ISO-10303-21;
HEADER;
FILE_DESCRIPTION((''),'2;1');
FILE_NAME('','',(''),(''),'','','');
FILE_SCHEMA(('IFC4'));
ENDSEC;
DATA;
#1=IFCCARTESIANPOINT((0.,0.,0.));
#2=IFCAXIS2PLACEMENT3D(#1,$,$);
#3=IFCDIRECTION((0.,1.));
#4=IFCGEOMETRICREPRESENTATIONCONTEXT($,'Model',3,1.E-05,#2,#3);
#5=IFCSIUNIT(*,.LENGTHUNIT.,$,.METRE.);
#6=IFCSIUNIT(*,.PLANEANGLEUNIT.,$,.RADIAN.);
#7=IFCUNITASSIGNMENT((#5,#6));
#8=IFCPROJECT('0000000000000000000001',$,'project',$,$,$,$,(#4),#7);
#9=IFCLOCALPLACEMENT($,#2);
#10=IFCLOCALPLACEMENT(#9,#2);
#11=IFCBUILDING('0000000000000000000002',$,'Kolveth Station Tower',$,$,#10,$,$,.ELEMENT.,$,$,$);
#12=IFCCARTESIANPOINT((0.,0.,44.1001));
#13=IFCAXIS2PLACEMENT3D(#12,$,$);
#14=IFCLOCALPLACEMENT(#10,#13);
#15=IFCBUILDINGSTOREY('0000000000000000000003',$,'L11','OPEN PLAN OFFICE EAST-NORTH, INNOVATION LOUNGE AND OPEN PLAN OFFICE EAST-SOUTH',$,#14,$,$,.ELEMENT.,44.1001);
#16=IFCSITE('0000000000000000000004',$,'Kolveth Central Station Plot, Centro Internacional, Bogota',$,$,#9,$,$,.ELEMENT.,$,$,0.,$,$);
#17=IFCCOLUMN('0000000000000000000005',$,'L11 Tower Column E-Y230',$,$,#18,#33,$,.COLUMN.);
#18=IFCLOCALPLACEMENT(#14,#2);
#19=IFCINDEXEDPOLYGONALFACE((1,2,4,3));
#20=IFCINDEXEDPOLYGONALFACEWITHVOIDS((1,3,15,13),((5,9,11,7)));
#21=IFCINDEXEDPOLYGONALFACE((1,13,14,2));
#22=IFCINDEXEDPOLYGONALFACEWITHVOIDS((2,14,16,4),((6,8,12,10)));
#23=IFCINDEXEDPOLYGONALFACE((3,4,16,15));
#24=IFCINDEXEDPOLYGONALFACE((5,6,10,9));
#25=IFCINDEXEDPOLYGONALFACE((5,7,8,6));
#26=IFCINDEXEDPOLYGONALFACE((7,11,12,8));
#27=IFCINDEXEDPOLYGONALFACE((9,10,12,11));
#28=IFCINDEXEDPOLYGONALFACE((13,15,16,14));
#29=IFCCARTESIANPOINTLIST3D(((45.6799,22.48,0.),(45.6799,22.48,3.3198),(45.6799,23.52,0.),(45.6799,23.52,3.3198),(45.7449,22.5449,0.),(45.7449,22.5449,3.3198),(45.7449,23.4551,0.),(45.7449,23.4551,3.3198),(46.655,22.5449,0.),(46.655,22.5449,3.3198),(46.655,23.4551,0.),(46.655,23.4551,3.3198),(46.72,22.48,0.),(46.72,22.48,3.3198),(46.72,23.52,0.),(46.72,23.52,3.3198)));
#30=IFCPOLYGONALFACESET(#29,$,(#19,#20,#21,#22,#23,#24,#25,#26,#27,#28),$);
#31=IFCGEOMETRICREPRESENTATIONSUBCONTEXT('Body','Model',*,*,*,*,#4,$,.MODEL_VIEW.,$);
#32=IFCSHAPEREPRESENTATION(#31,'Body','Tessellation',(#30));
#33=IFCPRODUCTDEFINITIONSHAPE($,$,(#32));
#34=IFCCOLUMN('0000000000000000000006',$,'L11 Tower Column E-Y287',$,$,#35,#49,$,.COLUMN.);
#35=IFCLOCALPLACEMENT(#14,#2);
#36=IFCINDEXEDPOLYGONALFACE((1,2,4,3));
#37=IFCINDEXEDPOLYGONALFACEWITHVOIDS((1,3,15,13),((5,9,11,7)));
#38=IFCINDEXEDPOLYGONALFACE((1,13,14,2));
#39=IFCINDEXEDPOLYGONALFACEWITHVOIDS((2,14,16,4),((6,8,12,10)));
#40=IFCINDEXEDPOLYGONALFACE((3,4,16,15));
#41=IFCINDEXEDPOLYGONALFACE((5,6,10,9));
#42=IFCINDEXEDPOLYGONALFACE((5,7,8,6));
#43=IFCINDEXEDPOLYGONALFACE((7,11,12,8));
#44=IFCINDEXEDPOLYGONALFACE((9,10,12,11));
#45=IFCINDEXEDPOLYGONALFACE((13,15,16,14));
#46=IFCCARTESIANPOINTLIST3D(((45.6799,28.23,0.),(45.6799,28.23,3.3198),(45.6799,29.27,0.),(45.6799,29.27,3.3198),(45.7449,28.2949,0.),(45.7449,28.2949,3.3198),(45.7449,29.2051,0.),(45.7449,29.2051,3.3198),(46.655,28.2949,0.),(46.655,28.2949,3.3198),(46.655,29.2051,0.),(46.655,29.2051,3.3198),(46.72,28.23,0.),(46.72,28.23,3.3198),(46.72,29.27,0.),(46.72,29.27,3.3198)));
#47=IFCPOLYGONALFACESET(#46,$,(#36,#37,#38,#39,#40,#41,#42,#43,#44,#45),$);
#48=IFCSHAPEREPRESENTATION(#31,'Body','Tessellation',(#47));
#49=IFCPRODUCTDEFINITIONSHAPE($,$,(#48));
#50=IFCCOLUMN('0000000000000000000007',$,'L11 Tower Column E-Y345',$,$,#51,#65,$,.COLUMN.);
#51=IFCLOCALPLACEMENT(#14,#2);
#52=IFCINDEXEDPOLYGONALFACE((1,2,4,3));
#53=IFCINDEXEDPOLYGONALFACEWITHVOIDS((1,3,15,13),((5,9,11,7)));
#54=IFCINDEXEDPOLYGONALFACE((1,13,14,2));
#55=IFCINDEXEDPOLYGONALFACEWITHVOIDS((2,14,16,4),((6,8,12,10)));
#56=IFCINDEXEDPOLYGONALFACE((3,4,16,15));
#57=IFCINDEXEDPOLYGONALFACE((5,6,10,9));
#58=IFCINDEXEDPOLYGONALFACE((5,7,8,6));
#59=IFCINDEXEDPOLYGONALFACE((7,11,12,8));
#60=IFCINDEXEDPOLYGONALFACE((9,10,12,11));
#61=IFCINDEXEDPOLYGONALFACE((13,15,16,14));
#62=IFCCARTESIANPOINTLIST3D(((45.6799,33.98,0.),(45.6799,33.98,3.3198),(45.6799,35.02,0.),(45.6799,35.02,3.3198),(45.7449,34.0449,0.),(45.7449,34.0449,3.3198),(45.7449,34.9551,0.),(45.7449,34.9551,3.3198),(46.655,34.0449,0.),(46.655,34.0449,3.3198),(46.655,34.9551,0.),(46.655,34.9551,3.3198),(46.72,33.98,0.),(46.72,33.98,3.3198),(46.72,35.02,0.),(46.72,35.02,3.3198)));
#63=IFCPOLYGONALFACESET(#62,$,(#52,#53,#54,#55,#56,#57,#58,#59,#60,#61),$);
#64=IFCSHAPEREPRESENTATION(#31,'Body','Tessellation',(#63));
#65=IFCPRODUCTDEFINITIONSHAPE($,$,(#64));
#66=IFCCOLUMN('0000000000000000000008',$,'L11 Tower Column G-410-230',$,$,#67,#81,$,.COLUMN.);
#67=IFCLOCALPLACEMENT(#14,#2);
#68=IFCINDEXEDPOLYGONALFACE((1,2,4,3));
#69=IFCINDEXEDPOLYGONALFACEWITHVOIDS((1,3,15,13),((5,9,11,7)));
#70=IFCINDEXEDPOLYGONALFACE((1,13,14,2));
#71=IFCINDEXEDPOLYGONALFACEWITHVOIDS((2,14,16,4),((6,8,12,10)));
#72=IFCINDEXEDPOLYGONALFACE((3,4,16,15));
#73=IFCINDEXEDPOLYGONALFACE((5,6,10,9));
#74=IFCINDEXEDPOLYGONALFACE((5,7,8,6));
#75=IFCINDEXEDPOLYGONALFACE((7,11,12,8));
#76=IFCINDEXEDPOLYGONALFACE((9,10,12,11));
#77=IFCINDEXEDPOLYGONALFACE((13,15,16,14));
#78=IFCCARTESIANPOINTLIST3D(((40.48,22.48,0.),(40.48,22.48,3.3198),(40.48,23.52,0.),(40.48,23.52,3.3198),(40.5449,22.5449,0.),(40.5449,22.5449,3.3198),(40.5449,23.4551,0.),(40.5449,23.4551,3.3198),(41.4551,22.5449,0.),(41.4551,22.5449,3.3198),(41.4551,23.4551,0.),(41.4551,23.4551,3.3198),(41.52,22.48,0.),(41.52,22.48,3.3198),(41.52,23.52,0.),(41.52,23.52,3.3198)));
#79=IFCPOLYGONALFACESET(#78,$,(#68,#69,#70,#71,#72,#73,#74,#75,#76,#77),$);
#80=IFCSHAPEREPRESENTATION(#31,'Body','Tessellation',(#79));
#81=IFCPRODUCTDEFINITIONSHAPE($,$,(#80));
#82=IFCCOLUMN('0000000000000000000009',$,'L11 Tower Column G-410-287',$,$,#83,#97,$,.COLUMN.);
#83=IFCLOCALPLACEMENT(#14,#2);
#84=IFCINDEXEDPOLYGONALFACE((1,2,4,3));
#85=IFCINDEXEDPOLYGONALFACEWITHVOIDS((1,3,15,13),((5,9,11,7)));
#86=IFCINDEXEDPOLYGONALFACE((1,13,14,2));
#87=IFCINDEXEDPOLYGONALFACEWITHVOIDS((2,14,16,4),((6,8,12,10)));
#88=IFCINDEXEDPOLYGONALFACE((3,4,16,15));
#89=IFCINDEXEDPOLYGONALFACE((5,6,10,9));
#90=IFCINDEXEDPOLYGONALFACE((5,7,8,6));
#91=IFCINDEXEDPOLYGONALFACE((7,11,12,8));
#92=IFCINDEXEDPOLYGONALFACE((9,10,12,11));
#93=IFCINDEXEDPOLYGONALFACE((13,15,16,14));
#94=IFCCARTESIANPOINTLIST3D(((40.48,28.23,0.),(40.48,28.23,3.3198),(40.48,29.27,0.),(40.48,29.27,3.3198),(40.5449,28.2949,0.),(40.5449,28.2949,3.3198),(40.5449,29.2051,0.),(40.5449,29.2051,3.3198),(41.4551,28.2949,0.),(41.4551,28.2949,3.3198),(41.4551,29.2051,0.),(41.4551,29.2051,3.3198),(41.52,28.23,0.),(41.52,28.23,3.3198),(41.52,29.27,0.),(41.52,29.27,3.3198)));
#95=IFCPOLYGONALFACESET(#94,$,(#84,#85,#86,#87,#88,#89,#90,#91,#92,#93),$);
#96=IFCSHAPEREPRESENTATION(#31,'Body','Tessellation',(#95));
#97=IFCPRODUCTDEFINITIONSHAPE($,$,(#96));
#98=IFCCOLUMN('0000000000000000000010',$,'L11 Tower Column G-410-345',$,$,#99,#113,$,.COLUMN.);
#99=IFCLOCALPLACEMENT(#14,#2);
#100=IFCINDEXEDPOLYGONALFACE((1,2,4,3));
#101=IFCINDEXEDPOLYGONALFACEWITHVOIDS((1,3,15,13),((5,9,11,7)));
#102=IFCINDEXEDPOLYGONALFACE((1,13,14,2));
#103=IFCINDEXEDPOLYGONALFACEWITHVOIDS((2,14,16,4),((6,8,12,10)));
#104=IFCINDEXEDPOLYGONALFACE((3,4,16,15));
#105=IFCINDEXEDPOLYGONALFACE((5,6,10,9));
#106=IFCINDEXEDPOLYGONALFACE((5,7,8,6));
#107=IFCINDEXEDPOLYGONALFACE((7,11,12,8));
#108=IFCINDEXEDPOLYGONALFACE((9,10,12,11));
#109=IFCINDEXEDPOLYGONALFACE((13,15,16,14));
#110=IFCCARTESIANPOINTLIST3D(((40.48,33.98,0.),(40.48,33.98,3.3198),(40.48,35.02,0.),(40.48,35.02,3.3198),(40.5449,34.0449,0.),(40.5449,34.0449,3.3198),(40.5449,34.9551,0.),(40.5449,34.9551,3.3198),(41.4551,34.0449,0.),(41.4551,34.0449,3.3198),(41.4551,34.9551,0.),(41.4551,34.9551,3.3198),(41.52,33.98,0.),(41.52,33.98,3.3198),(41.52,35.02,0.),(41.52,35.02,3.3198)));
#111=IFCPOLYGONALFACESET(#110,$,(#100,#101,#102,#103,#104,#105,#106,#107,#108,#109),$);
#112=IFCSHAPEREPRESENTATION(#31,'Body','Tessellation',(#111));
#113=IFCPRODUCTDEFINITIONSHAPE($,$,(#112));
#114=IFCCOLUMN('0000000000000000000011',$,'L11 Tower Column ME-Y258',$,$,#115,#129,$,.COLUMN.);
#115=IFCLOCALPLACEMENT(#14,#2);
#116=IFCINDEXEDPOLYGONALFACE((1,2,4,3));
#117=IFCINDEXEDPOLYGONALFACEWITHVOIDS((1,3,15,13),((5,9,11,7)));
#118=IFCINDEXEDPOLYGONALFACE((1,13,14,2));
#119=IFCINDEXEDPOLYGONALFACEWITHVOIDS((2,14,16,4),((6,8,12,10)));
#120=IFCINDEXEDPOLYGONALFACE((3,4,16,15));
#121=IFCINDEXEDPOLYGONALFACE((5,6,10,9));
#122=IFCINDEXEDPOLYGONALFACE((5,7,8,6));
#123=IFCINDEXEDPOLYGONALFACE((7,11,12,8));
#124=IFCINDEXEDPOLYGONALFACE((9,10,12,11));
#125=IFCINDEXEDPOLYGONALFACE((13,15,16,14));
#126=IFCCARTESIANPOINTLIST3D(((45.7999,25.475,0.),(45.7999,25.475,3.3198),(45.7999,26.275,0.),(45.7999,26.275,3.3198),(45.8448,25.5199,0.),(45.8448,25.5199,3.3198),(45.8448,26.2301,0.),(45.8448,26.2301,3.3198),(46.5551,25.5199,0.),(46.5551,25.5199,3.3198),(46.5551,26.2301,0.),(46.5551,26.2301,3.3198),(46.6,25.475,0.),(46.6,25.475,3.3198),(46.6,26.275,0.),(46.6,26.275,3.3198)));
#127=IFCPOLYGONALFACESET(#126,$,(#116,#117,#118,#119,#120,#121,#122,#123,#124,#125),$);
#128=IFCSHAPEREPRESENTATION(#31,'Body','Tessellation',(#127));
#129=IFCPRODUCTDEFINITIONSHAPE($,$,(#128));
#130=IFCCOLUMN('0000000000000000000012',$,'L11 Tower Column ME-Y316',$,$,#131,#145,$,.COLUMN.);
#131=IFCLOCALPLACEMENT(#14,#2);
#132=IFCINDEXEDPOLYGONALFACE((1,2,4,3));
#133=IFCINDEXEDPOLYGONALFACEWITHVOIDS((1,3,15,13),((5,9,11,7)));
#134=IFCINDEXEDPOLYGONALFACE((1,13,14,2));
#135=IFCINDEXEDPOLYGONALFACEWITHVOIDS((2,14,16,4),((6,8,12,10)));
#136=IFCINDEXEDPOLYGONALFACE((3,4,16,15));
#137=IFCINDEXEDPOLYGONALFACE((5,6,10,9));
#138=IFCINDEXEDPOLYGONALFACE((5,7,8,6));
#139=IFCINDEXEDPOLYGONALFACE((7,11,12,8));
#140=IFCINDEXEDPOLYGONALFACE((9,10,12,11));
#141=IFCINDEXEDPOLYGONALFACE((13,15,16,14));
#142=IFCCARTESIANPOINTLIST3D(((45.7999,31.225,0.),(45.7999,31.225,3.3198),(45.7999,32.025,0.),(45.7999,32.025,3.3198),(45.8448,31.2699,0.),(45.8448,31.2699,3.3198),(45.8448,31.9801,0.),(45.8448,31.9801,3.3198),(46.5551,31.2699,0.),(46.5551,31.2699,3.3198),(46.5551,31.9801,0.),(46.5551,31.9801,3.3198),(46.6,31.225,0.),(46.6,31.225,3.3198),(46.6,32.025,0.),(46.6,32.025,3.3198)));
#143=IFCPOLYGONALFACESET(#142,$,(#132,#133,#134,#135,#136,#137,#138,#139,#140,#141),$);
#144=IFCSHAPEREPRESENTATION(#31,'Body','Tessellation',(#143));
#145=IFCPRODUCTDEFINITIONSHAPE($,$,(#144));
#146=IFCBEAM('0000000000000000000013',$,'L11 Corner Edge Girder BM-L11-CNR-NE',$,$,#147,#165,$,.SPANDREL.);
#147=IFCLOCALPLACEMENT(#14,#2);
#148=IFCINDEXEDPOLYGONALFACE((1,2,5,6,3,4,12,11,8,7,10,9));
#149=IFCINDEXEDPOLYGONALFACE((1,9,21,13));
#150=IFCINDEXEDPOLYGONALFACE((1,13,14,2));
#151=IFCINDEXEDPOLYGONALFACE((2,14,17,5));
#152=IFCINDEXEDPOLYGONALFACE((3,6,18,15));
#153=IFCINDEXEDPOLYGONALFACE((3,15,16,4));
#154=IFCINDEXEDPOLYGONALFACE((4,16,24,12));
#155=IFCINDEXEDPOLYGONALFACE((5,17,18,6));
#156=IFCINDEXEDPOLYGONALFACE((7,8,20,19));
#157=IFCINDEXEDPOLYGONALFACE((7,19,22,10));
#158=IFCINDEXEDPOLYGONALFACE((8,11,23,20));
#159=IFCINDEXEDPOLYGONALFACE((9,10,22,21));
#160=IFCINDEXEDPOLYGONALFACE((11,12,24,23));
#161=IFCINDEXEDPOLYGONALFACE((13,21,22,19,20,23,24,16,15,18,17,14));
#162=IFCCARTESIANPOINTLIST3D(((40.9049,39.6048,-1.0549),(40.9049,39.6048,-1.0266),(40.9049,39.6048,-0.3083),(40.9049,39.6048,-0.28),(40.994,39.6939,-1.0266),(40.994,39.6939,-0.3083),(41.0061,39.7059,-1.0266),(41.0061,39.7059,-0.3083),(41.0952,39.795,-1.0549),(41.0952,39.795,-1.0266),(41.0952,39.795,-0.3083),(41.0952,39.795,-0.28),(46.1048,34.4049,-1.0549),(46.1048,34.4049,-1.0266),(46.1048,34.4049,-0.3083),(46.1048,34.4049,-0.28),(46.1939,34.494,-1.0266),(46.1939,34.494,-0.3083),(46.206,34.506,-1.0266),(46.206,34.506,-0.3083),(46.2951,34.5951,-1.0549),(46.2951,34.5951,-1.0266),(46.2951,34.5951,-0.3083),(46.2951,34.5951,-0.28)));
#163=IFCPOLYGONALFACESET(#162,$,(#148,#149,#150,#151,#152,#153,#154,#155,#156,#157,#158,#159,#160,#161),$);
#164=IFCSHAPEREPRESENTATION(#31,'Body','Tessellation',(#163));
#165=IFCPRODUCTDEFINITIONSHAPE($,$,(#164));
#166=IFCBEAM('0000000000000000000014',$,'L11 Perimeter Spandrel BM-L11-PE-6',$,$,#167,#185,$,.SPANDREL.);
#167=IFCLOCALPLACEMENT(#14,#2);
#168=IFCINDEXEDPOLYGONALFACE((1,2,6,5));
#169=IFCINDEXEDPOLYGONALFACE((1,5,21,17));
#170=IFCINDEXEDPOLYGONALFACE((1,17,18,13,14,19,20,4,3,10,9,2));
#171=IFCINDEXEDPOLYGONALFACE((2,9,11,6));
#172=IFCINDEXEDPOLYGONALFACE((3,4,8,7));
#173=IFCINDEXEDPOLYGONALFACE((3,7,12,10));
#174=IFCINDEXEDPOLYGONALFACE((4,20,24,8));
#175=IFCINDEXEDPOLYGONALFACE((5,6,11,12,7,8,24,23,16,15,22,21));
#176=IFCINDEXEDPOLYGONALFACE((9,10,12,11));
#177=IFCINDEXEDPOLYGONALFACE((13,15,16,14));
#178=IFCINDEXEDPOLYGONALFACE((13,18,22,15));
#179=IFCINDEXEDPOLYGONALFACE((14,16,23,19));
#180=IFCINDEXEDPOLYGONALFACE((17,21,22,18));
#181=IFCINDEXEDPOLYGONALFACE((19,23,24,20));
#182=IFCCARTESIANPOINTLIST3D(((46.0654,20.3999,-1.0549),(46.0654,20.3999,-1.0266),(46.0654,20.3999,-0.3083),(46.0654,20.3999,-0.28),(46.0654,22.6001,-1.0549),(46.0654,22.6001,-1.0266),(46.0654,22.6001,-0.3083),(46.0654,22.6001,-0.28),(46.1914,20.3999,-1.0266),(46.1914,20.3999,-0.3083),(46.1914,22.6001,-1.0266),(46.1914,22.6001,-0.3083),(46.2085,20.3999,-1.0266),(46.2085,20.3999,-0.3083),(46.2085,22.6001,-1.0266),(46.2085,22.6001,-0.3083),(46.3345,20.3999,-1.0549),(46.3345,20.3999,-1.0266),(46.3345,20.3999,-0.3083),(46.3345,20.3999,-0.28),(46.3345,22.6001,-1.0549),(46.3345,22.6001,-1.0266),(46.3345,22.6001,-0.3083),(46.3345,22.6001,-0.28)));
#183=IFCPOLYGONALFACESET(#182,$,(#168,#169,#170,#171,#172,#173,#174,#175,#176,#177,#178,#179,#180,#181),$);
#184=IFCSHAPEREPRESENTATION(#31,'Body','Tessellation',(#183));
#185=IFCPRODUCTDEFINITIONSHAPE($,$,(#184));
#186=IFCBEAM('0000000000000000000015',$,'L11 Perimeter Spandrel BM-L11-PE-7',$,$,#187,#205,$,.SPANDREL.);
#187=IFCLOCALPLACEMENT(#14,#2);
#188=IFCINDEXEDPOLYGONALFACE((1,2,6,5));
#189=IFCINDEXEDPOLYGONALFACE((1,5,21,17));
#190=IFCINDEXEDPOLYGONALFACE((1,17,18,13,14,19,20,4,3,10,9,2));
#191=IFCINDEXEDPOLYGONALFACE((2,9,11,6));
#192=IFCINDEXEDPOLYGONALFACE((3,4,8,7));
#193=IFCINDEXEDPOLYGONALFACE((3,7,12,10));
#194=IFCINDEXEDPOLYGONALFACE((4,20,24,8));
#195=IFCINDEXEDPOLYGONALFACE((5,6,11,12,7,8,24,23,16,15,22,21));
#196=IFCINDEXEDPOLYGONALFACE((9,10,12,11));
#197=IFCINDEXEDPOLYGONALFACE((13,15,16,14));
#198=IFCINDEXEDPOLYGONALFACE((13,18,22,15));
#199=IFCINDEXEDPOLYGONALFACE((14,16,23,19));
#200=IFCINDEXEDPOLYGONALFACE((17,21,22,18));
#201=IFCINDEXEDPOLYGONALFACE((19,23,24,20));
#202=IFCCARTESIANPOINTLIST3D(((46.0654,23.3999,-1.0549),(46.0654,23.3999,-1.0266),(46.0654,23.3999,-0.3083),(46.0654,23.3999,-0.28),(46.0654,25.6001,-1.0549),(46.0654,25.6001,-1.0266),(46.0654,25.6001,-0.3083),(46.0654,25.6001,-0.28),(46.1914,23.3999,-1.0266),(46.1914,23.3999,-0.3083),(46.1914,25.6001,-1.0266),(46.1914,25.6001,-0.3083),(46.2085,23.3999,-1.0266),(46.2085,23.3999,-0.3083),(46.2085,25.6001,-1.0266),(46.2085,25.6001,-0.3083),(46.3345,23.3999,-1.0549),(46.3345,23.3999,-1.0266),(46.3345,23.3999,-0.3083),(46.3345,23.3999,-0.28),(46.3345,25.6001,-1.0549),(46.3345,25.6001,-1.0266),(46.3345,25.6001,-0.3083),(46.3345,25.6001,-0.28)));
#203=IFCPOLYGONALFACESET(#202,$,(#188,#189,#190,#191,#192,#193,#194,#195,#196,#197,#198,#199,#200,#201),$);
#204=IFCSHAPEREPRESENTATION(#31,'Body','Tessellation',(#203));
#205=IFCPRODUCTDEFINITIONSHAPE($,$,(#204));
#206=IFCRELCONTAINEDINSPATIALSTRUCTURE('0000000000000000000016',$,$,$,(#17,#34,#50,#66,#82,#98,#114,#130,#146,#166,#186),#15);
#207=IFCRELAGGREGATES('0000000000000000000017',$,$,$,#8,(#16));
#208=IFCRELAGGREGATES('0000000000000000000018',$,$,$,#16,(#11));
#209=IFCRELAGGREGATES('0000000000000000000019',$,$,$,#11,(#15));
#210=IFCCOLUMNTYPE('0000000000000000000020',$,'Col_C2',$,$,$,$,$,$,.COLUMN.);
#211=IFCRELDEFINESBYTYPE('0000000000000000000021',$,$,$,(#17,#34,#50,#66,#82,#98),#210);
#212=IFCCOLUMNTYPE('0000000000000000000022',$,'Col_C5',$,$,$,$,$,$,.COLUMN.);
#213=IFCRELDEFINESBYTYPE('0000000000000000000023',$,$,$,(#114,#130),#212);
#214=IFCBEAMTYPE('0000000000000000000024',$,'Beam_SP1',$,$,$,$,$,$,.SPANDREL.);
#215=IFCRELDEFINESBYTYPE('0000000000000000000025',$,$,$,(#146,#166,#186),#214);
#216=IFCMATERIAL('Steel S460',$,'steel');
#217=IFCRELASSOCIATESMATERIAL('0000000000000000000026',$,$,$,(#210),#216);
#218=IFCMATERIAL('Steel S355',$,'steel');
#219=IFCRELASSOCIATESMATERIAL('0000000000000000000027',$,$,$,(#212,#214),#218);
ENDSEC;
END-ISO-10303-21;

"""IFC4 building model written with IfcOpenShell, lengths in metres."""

from ifc_helpers import new_model, si_unit, direction, frame, origin, origin_2d, place, context, subcontext, project, spatial, hollow_rectangle, i_section, extrude, source, transform, mapped, material, material_profile, profile_set, type_object, element, save


model = new_model("IFC4")

# Units and contexts
model_context = context("Model", 3, precision=1e-05, world=origin(), true_north=direction((0.0, 1.0)))
body_context = subcontext(model_context, "Body", "Model", "MODEL_VIEW")
ifc_project = project(units=[si_unit("LENGTHUNIT", "METRE"), si_unit("PLANEANGLEUNIT", "RADIAN")], contexts=[model_context])

# Site, building, storey
site_placement = place(None, origin())
site = spatial("IfcSite", under=ifc_project, at=site_placement, Name="Kolveth Central Station Plot, Centro Internacional, Bogota", CompositionType="ELEMENT", RefElevation=0.0)
building_placement = place(site_placement, origin())
building = spatial("IfcBuilding", under=site, at=building_placement, Name="Kolveth Station Tower", CompositionType="ELEMENT")
storey_placement = place(building_placement, frame((0.0, 0.0, 44.1001)))
storey = spatial("IfcBuildingStorey", under=building, at=storey_placement, Name="L11", Description="OPEN PLAN OFFICE EAST-NORTH, INNOVATION LOUNGE AND OPEN PLAN OFFICE EAST-SOUTH", CompositionType="ELEMENT", Elevation=44.1001)

# Columns
ifc_material_1 = material(Name="Steel S460", Category="steel")
ifc_material_profile_1 = material_profile(ifc_material_1, hollow_rectangle(XDim=1.04, YDim=1.04, WallThickness=0.0649, at=origin_2d()), Name="BOX1040x1040x65")
ifc_profile_set_1 = profile_set([ifc_material_profile_1], Name="Steel S460")
column_type_1 = type_object("IfcColumnType", Name="Col_C2", PredefinedType="COLUMN", material=ifc_profile_set_1)
shared_shape_1 = source(origin(), body_context, "Body", "SweptSolid", [
    extrude(hollow_rectangle(XDim=1.04, YDim=1.04, WallThickness=0.0649, at=origin_2d()), origin(), (0.0, 0.0, 1.0), 3.3198),
])
for number, where, z_axis, x_axis, name in (
    (1, (46.2, 23.0, 0.0), (0.0, 0.0, 1.0), (1.0, 0.0, 0.0), "L11 Tower Column E-Y230"),
    (2, (46.2, 28.75, 0.0), (0.0, 0.0, 1.0), (1.0, 0.0, 0.0), "L11 Tower Column E-Y287"),
    (3, (46.2, 34.5, 0.0), (0.0, 0.0, 1.0), (1.0, 0.0, 0.0), "L11 Tower Column E-Y345"),
    (4, (41.0, 23.0, 0.0), (0.0, 0.0, 1.0), (1.0, 0.0, 0.0), "L11 Tower Column G-410-230"),
    (5, (41.0, 28.75, 0.0), (0.0, 0.0, 1.0), (1.0, 0.0, 0.0), "L11 Tower Column G-410-287"),
    (6, (41.0, 34.5, 0.0), (0.0, 0.0, 1.0), (1.0, 0.0, 0.0), "L11 Tower Column G-410-345"),
):
    element("IfcColumn", number, at=place(storey_placement, frame(where, z_axis=z_axis, x_axis=x_axis)), inside=storey, type_object=column_type_1, Name=name, PredefinedType="COLUMN", context=body_context, shape_type="MappedRepresentation", body=[
        mapped(shared_shape_1, transform((0.0, 0.0, 0.0), x_axis=(1.0, 0.0, 0.0), y_axis=(0.0, 1.0, 0.0), z_axis=(0.0, 0.0, 1.0), scale=1.0)),
    ])
ifc_material_2 = material(Name="Steel S355", Category="steel")
ifc_material_profile_2 = material_profile(ifc_material_2, hollow_rectangle(XDim=0.8, YDim=0.8, WallThickness=0.0449, at=origin_2d()), Name="BOX800x800x45")
ifc_profile_set_2 = profile_set([ifc_material_profile_2], Name="Steel S355")
column_type_2 = type_object("IfcColumnType", Name="Col_C5", PredefinedType="COLUMN", material=ifc_profile_set_2)
shared_shape_2 = source(origin(), body_context, "Body", "SweptSolid", [
    extrude(hollow_rectangle(XDim=0.8, YDim=0.8, WallThickness=0.0449, at=origin_2d()), origin(), (0.0, 0.0, 1.0), 3.3198),
])
for number, where, z_axis, x_axis, name in (
    (7, (46.2, 25.875, 0.0), (0.0, 0.0, 1.0), (1.0, 0.0, 0.0), "L11 Tower Column ME-Y258"),
    (8, (46.2, 31.625, 0.0), (0.0, 0.0, 1.0), (1.0, 0.0, 0.0), "L11 Tower Column ME-Y316"),
):
    element("IfcColumn", number, at=place(storey_placement, frame(where, z_axis=z_axis, x_axis=x_axis)), inside=storey, type_object=column_type_2, Name=name, PredefinedType="COLUMN", context=body_context, shape_type="MappedRepresentation", body=[
        mapped(shared_shape_2, transform((0.0, 0.0, 0.0), x_axis=(1.0, 0.0, 0.0), y_axis=(0.0, 1.0, 0.0), z_axis=(0.0, 0.0, 1.0), scale=1.0)),
    ])

# Beams
ifc_material_profile_3 = material_profile(ifc_material_2, i_section(OverallWidth=0.269, OverallDepth=0.7749, WebThickness=0.0171, FlangeThickness=0.0283, at=origin_2d()), Name="W760x220")
ifc_profile_set_3 = profile_set([ifc_material_profile_3], Name="Steel S355")
beam_type_1 = type_object("IfcBeamType", Name="Beam_SP1", PredefinedType="SPANDREL", material=ifc_profile_set_3)
shared_shape_3 = source(origin(), body_context, "Body", "SweptSolid", [
    extrude(i_section(OverallWidth=0.269, OverallDepth=0.7749, WebThickness=0.0171, FlangeThickness=0.0283, at=origin_2d()), origin(), (0.0, 0.0, 1.0), 7.3538),
])
beam_placement = place(storey_placement, frame((46.2, 34.5, -0.6675), z_axis=(-0.707107, 0.707107, 0.0), x_axis=(-0.707107, -0.707107, 0.0)))
element("IfcBeam", 9, at=beam_placement, inside=storey, type_object=beam_type_1, Name="L11 Corner Edge Girder BM-L11-CNR-NE", PredefinedType="SPANDREL", context=body_context, shape_type="MappedRepresentation", body=[
    mapped(shared_shape_3, transform((0.0, 0.0, 0.0), x_axis=(1.0, 0.0, 0.0), y_axis=(0.0, 1.0, 0.0), z_axis=(0.0, 0.0, 1.0), scale=1.0)),
])
shared_shape_4 = source(origin(), body_context, "Body", "SweptSolid", [
    extrude(i_section(OverallWidth=0.269, OverallDepth=0.7749, WebThickness=0.0171, FlangeThickness=0.0283, at=origin_2d()), origin(), (0.0, 0.0, 1.0), 2.2002),
])
for number, where, z_axis, x_axis, name in (
    (10, (46.2, 20.3999, -0.6675), (0.0, 1.0, 0.0), (-1.0, 0.0, 0.0), "L11 Perimeter Spandrel BM-L11-PE-6"),
    (11, (46.2, 23.3999, -0.6675), (0.0, 1.0, 0.0), (-1.0, 0.0, 0.0), "L11 Perimeter Spandrel BM-L11-PE-7"),
):
    element("IfcBeam", number, at=place(storey_placement, frame(where, z_axis=z_axis, x_axis=x_axis)), inside=storey, type_object=beam_type_1, Name=name, PredefinedType="SPANDREL", context=body_context, shape_type="MappedRepresentation", body=[
        mapped(shared_shape_4, transform((0.0, 0.0, 0.0), x_axis=(1.0, 0.0, 0.0), y_axis=(0.0, 1.0, 0.0), z_axis=(0.0, 0.0, 1.0), scale=1.0)),
    ])

save(model, "model.ifc")
